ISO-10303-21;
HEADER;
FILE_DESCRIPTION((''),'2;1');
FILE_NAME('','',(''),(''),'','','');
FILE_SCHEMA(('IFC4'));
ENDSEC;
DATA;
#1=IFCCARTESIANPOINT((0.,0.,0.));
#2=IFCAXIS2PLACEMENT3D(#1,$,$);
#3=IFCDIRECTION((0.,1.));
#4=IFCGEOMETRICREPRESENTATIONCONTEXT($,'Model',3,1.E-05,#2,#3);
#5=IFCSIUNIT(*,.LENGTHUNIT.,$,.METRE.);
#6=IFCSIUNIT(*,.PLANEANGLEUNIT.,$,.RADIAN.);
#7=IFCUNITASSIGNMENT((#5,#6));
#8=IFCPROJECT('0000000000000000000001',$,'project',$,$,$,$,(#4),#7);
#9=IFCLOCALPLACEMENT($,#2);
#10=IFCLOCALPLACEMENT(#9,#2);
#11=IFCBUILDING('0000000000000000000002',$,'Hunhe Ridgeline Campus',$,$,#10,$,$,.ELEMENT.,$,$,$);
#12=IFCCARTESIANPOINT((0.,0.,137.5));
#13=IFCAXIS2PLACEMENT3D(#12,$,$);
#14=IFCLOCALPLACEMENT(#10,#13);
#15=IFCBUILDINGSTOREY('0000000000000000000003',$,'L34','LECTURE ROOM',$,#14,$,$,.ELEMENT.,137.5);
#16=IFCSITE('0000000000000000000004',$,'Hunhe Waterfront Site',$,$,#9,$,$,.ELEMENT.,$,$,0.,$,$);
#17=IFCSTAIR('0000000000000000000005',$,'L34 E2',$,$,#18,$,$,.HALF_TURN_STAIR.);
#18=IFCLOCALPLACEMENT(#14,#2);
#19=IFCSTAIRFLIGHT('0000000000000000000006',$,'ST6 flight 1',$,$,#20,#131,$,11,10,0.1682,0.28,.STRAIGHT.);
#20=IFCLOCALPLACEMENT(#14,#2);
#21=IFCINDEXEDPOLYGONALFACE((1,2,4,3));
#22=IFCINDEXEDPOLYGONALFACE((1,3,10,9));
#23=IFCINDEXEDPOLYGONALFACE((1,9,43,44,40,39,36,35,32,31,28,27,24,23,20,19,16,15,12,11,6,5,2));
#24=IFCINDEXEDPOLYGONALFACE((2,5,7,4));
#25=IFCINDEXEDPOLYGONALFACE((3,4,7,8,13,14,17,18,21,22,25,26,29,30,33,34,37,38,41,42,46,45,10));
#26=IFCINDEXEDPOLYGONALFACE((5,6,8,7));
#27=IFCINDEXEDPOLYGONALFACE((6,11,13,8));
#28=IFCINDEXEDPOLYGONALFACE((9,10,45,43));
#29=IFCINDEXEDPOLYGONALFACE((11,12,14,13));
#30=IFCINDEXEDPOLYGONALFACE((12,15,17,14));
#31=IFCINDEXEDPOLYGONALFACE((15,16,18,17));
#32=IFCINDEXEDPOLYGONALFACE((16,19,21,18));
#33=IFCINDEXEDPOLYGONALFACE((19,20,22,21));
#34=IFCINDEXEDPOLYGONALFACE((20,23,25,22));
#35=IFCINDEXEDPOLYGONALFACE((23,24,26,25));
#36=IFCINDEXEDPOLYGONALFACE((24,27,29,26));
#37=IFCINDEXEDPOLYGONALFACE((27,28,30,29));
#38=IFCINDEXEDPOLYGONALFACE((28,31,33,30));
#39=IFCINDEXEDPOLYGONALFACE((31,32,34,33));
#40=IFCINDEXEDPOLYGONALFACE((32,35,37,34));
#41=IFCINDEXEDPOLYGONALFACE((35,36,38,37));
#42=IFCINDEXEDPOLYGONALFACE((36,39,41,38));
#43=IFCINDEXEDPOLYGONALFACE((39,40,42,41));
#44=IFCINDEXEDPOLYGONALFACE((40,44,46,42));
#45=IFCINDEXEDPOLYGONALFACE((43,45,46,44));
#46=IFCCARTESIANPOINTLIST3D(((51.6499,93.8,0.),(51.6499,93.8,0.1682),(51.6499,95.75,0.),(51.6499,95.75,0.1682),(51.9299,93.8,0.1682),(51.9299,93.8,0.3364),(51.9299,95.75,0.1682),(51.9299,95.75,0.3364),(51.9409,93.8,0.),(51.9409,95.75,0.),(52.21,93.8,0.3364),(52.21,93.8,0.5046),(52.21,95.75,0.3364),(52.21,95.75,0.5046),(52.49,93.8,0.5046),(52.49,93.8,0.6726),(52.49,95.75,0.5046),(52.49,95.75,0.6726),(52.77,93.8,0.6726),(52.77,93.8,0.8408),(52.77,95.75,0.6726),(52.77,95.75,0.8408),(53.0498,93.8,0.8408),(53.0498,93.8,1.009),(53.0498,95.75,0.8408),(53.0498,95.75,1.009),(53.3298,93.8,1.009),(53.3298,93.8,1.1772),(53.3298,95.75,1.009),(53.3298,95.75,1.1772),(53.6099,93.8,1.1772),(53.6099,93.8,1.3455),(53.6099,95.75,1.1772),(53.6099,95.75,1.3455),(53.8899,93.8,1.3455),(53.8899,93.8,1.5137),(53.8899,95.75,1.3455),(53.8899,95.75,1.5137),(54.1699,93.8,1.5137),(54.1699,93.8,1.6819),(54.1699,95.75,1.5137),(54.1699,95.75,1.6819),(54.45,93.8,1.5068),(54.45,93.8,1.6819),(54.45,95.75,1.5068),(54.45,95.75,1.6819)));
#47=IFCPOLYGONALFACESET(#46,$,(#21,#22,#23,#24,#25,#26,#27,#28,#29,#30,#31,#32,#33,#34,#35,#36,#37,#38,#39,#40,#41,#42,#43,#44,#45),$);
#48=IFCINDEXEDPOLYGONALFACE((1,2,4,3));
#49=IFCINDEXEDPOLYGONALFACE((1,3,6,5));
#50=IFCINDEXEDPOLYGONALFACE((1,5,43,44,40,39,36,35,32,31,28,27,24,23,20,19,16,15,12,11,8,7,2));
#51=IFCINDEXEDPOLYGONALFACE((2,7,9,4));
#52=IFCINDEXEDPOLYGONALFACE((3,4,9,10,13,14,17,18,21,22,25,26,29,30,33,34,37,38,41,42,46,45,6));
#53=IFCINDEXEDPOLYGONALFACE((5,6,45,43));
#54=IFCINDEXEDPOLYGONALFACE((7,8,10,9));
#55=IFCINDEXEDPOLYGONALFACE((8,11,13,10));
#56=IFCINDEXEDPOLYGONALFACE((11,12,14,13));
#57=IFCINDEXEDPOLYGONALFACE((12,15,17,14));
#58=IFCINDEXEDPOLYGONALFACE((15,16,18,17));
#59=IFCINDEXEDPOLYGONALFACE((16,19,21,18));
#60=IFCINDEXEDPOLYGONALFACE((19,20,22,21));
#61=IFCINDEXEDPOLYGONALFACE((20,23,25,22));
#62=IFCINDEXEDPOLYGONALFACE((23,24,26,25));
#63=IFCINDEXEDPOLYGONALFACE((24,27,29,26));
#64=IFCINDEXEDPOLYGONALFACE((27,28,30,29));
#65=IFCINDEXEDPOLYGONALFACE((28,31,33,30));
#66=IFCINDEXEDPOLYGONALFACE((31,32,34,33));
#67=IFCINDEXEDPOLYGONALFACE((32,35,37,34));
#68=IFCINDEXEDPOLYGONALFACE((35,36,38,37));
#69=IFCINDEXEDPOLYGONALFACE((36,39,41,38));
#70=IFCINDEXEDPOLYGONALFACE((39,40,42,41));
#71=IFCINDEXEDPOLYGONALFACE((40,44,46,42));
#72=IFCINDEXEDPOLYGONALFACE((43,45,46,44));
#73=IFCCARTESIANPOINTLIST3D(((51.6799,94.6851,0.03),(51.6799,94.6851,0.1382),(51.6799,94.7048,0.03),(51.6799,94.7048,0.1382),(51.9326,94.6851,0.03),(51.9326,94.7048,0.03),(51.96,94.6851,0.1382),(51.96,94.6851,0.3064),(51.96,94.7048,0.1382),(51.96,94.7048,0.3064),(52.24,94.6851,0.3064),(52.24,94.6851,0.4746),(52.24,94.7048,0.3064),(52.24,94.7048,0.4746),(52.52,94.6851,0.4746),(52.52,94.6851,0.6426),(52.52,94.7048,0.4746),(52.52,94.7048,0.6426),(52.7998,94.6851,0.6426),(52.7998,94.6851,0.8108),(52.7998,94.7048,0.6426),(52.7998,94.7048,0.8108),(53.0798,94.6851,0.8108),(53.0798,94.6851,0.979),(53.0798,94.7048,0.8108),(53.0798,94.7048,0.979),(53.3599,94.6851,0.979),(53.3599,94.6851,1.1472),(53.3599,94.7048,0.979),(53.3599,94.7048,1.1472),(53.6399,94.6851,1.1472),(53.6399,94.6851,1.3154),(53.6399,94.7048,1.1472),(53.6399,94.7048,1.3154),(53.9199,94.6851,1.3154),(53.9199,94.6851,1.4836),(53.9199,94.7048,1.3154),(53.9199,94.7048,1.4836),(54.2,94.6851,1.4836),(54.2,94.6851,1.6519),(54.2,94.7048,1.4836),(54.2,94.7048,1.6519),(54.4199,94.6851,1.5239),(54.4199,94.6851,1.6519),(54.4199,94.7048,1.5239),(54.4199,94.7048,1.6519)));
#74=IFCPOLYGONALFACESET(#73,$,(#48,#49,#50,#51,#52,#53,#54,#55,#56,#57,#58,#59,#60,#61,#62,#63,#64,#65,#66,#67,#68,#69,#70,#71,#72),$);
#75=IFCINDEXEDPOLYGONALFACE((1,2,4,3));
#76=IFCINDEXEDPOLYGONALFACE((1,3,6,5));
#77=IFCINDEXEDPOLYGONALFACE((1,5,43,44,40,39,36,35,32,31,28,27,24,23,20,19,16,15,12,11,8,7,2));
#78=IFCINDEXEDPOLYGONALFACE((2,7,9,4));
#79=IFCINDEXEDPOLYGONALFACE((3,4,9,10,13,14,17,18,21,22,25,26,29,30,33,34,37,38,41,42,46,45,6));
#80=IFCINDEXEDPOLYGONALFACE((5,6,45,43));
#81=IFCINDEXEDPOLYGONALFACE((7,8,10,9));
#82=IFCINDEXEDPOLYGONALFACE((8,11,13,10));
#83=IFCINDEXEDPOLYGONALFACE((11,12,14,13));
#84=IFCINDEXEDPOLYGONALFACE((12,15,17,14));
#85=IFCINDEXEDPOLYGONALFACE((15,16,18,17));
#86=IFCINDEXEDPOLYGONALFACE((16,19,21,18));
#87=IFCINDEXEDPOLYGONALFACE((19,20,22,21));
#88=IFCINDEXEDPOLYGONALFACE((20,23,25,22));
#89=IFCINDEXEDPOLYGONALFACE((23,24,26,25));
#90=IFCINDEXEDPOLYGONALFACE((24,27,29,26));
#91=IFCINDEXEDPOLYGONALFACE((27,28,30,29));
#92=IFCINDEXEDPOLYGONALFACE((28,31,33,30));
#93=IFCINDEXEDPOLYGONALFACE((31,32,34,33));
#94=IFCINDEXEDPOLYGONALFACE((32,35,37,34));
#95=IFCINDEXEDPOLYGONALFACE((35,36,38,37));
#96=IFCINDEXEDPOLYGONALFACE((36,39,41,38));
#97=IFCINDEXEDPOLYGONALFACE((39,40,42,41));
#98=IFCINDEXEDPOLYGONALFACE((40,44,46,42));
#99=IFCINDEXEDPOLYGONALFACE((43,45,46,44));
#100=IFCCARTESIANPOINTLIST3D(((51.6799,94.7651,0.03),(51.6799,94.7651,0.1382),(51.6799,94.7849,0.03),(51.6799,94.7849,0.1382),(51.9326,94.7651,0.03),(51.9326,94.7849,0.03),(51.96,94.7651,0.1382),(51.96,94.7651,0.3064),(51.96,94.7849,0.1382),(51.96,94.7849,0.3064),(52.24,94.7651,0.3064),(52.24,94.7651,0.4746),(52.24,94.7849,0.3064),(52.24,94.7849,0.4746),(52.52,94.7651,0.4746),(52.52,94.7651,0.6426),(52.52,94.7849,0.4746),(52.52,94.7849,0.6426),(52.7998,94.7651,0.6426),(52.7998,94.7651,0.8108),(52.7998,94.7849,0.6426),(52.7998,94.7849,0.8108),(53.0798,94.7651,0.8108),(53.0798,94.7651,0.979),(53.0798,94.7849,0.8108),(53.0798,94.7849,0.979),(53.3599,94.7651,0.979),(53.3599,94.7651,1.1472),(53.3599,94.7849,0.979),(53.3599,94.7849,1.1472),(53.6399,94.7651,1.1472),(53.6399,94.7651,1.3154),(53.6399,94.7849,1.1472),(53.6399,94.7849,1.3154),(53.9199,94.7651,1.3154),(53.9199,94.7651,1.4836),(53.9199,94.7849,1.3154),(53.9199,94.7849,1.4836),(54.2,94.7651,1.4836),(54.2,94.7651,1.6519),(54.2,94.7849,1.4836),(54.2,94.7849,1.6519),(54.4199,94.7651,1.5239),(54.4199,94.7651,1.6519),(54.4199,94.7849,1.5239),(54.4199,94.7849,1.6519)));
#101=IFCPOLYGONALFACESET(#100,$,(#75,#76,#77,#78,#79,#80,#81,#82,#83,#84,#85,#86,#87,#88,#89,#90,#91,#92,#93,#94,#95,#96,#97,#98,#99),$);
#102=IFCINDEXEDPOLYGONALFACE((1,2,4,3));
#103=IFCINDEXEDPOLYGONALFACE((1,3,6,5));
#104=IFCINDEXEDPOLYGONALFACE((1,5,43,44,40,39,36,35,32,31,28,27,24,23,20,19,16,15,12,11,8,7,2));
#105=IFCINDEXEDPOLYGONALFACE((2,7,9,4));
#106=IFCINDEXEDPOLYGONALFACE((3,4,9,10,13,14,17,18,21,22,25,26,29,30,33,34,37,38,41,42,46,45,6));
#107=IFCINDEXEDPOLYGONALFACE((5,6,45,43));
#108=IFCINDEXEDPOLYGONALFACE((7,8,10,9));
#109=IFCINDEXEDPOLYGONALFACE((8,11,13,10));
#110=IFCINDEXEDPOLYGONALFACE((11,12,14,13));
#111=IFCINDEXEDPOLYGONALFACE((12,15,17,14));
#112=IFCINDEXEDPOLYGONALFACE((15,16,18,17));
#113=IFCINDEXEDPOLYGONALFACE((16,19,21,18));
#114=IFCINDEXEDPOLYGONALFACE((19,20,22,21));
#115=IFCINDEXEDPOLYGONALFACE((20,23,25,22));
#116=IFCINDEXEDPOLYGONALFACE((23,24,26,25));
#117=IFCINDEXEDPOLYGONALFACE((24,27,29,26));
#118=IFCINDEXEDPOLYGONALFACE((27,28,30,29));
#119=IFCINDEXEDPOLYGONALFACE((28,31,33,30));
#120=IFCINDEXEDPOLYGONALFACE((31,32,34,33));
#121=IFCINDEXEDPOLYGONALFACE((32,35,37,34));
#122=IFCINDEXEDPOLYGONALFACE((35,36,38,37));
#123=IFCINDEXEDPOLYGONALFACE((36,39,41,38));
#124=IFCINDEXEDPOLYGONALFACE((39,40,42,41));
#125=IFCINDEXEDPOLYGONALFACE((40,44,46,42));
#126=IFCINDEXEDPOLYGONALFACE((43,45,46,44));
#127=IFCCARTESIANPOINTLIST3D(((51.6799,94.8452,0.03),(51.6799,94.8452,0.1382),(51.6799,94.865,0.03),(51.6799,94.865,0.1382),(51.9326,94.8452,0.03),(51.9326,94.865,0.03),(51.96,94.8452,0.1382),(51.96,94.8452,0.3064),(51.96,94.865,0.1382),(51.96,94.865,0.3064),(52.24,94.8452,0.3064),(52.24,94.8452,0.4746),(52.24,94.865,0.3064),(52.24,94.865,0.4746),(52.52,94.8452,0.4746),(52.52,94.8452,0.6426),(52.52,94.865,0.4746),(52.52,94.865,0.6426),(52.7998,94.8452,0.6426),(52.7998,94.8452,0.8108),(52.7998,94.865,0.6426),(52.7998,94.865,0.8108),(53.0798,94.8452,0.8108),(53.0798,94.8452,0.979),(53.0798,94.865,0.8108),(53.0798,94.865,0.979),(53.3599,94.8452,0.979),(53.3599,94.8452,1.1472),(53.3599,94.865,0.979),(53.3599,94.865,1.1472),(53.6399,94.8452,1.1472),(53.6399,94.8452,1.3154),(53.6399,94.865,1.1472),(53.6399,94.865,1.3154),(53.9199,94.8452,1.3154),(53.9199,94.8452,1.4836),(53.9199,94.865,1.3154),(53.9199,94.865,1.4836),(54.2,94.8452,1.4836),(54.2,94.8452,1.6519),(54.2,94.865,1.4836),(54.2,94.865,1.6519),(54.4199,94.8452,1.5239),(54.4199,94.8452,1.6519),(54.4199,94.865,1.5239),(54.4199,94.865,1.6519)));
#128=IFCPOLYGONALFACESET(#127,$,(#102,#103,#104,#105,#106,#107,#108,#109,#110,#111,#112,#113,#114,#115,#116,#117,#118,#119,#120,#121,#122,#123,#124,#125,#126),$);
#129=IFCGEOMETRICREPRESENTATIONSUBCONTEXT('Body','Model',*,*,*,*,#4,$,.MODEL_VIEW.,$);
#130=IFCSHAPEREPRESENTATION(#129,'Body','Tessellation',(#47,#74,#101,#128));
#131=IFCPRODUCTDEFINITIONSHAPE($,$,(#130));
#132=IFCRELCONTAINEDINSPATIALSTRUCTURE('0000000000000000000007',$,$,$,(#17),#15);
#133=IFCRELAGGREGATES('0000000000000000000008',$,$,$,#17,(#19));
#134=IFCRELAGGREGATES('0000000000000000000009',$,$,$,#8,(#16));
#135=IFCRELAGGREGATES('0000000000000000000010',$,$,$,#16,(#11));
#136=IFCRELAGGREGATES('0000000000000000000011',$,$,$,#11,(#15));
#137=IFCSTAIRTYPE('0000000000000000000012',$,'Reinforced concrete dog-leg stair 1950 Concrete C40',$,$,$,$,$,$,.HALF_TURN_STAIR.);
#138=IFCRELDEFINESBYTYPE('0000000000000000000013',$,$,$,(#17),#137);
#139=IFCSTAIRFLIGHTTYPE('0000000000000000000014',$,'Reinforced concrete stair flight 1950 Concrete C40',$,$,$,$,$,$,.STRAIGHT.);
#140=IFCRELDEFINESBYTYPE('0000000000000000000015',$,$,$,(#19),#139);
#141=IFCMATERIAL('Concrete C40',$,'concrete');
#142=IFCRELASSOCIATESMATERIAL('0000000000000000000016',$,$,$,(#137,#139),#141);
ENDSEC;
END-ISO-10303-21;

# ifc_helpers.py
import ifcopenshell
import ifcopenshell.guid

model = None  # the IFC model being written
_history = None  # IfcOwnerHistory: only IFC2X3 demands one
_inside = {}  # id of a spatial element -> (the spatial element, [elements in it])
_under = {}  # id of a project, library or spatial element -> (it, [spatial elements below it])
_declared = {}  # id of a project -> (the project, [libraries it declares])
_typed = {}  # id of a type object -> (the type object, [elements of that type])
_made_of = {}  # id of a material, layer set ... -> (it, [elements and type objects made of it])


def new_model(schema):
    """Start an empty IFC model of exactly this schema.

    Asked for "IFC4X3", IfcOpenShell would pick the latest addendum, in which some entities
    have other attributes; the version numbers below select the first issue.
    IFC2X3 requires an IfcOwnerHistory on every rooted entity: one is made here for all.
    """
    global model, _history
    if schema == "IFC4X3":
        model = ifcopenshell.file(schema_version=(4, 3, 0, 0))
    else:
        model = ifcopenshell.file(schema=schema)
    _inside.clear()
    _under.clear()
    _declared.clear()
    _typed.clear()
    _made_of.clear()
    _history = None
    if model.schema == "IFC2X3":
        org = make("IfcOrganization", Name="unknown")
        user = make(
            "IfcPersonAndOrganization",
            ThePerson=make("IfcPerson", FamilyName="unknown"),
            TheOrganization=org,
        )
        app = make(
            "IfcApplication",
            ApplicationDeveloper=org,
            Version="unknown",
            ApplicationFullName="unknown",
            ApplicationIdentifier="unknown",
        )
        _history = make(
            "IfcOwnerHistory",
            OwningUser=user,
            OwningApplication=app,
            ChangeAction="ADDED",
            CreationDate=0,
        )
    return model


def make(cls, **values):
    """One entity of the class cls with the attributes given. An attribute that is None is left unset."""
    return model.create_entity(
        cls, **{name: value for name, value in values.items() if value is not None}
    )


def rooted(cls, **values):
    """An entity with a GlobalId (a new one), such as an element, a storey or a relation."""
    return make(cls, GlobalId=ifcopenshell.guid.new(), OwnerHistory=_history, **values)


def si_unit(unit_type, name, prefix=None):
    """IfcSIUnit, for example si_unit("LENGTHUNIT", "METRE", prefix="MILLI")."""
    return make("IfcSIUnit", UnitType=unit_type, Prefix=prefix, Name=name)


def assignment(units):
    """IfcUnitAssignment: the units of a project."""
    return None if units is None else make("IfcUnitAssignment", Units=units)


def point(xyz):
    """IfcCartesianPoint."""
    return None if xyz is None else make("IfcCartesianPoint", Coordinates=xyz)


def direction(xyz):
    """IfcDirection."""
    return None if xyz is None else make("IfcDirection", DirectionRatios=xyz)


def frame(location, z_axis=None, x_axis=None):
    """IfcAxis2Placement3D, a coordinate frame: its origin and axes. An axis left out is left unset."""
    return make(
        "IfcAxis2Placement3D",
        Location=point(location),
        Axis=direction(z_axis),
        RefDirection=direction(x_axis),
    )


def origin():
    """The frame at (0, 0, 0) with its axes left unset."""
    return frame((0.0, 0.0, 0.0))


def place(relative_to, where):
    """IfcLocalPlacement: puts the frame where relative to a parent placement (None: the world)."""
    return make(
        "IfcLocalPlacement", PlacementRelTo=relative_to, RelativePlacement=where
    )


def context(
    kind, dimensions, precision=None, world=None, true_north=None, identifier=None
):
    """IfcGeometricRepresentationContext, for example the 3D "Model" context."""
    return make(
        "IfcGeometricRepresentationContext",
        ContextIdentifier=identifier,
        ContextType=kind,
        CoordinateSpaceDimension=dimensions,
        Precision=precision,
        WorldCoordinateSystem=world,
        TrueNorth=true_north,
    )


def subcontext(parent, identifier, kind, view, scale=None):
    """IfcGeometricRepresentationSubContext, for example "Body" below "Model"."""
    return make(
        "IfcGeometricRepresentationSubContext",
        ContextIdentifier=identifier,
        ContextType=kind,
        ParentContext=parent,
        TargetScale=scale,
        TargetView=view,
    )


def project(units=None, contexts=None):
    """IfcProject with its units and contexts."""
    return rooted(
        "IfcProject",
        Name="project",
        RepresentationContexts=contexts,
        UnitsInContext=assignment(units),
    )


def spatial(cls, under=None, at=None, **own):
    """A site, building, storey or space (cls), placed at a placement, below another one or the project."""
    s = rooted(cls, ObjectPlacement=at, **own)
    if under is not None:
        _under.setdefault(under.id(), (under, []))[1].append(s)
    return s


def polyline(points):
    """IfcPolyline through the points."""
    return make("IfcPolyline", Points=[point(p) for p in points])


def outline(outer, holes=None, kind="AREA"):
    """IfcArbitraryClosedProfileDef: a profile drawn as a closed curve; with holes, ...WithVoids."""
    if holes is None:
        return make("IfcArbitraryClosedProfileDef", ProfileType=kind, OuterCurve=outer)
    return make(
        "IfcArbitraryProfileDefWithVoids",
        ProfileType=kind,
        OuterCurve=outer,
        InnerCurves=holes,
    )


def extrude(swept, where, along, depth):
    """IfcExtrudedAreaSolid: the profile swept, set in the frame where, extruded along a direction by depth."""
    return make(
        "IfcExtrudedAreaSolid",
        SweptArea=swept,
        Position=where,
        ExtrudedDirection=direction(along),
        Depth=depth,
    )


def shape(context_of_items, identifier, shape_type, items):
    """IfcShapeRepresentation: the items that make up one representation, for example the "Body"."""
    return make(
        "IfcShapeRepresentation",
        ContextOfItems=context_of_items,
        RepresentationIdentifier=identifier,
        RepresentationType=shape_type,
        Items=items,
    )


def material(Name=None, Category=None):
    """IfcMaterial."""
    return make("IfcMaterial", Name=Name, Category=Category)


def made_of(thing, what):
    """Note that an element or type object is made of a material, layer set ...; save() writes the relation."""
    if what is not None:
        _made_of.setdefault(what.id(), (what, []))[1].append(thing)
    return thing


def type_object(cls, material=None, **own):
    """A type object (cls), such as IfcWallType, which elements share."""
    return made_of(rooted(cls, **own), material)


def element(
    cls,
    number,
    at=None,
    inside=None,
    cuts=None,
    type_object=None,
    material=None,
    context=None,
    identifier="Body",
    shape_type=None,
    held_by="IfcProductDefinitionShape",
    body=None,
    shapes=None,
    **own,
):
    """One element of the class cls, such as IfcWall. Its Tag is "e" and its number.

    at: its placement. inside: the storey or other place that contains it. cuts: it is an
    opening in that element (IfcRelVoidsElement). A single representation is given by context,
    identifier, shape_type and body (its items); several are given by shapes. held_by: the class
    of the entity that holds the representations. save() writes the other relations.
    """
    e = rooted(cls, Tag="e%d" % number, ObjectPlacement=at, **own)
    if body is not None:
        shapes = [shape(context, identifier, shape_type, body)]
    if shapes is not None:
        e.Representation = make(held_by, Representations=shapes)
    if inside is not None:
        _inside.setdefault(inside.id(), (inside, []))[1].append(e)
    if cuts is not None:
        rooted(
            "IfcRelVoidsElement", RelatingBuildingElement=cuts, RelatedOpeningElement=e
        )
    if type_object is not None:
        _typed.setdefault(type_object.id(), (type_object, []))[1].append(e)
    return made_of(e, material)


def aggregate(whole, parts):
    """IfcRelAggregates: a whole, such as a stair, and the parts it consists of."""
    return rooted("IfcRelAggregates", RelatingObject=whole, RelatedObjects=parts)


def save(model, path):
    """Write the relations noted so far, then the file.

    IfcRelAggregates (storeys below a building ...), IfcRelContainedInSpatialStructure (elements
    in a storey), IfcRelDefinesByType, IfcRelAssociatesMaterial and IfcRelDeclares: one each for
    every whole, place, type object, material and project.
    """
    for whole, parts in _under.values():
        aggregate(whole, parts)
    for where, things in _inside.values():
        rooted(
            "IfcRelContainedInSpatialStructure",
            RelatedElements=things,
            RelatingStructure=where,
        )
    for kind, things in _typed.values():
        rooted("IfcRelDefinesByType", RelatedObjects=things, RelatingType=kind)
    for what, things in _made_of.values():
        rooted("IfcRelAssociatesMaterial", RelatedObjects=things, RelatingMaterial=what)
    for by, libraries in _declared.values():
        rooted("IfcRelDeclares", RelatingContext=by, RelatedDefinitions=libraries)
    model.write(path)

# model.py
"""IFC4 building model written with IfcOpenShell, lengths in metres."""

from ifc_helpers import new_model, si_unit, direction, frame, origin, place, context, subcontext, project, spatial, polyline, outline, extrude, material, type_object, element, aggregate, save


model = new_model("IFC4")

# Units and contexts
model_context = context("Model", 3, precision=1e-05, world=origin(), true_north=direction((0.0, 1.0)))
body_context = subcontext(model_context, "Body", "Model", "MODEL_VIEW")
ifc_project = project(units=[si_unit("LENGTHUNIT", "METRE"), si_unit("PLANEANGLEUNIT", "RADIAN")], contexts=[model_context])

# Site, building, storey
site_placement = place(None, origin())
site = spatial("IfcSite", under=ifc_project, at=site_placement, Name="Hunhe Waterfront Site", CompositionType="ELEMENT", RefElevation=0.0)
building_placement = place(site_placement, origin())
building = spatial("IfcBuilding", under=site, at=building_placement, Name="Hunhe Ridgeline Campus", CompositionType="ELEMENT")
storey_placement = place(building_placement, frame((0.0, 0.0, 137.5)))
storey = spatial("IfcBuildingStorey", under=building, at=storey_placement, Name="L34", Description="LECTURE ROOM", CompositionType="ELEMENT", Elevation=137.5)

# Shared definitions
ifc_material_1 = material(Name="Concrete C40", Category="concrete")
stair_type = type_object("IfcStairType", Name="Reinforced concrete dog-leg stair 1950 Concrete C40", PredefinedType="HALF_TURN_STAIR", material=ifc_material_1)
stair_flight_type = type_object("IfcStairFlightType", Name="Reinforced concrete stair flight 1950 Concrete C40", PredefinedType="STRAIGHT", material=ifc_material_1)

# Stair, stair flight
stair_1_placement = place(storey_placement, origin())
stair_1 = element("IfcStair", 1, at=stair_1_placement, inside=storey, type_object=stair_type, Name="L34 E2", PredefinedType="HALF_TURN_STAIR")
stair_flight_1_placement = place(storey_placement, frame((51.6499, 94.7749, 0.0), z_axis=(0.0, 0.0, 1.0), x_axis=(1.0, 0.0, 0.0)))
stair_flight_1 = element("IfcStairFlight", 2, at=stair_flight_1_placement, type_object=stair_flight_type, Name="ST6 flight 1", NumberOfRisers=11, NumberOfTreads=10, PredefinedType="STRAIGHT", RiserHeight=0.1682, TreadLength=0.28, context=body_context, shape_type="SweptSolid", body=[
    extrude(outline(polyline([(0.0, 0.0), (0.0, 0.1682), (0.28, 0.1682), (0.28, 0.3364), (0.5601, 0.3364), (0.5601, 0.5046), (0.8401, 0.5046), (0.8401, 0.6726), (1.1201, 0.6726), (1.1201, 0.8408), (1.3999, 0.8408), (1.3999, 1.009), (1.6799, 1.009), (1.6799, 1.1772), (1.96, 1.1772), (1.96, 1.3455), (2.24, 1.3455), (2.24, 1.5137), (2.52, 1.5137), (2.52, 1.6819), (2.8, 1.6819), (2.8, 1.8501), (2.8, 1.5068), (0.291, 0.0), (0.0, 0.0)])), frame((0.0, 0.9751, 0.0), z_axis=(0.0, -1.0, 0.0), x_axis=(1.0, 0.0, 0.0)), (0.0, 0.0, 1.0), 1.95),
    extrude(outline(polyline([(0.03, 0.03), (0.03, 0.1382), (0.3101, 0.1382), (0.3101, 0.3064), (0.5901, 0.3064), (0.5901, 0.4746), (0.8701, 0.4746), (0.8701, 0.6426), (1.1499, 0.6426), (1.1499, 0.8108), (1.4299, 0.8108), (1.4299, 0.979), (1.71, 0.979), (1.71, 1.1472), (1.99, 1.1472), (1.99, 1.3154), (2.27, 1.3154), (2.27, 1.4836), (2.55, 1.4836), (2.55, 1.6519), (2.77, 1.6519), (2.77, 1.5239), (0.2827, 0.03), (0.03, 0.03)])), frame((0.0, -0.0701, 0.0), z_axis=(0.0, -1.0, 0.0), x_axis=(1.0, 0.0, 0.0)), (0.0, 0.0, 1.0), 0.0198),
    extrude(outline(polyline([(0.03, 0.03), (0.03, 0.1382), (0.3101, 0.1382), (0.3101, 0.3064), (0.5901, 0.3064), (0.5901, 0.4746), (0.8701, 0.4746), (0.8701, 0.6426), (1.1499, 0.6426), (1.1499, 0.8108), (1.4299, 0.8108), (1.4299, 0.979), (1.71, 0.979), (1.71, 1.1472), (1.99, 1.1472), (1.99, 1.3154), (2.27, 1.3154), (2.27, 1.4836), (2.55, 1.4836), (2.55, 1.6519), (2.77, 1.6519), (2.77, 1.5239), (0.2827, 0.03), (0.03, 0.03)])), frame((0.0, 0.01, 0.0), z_axis=(0.0, -1.0, 0.0), x_axis=(1.0, 0.0, 0.0)), (0.0, 0.0, 1.0), 0.0198),
    extrude(outline(polyline([(0.03, 0.03), (0.03, 0.1382), (0.3101, 0.1382), (0.3101, 0.3064), (0.5901, 0.3064), (0.5901, 0.4746), (0.8701, 0.4746), (0.8701, 0.6426), (1.1499, 0.6426), (1.1499, 0.8108), (1.4299, 0.8108), (1.4299, 0.979), (1.71, 0.979), (1.71, 1.1472), (1.99, 1.1472), (1.99, 1.3154), (2.27, 1.3154), (2.27, 1.4836), (2.55, 1.4836), (2.55, 1.6519), (2.77, 1.6519), (2.77, 1.5239), (0.2827, 0.03), (0.03, 0.03)])), frame((0.0, 0.0901, 0.0), z_axis=(0.0, -1.0, 0.0), x_axis=(1.0, 0.0, 0.0)), (0.0, 0.0, 1.0), 0.0198),
])
aggregate(stair_1, [stair_flight_1])

save(model, "model.ifc")
